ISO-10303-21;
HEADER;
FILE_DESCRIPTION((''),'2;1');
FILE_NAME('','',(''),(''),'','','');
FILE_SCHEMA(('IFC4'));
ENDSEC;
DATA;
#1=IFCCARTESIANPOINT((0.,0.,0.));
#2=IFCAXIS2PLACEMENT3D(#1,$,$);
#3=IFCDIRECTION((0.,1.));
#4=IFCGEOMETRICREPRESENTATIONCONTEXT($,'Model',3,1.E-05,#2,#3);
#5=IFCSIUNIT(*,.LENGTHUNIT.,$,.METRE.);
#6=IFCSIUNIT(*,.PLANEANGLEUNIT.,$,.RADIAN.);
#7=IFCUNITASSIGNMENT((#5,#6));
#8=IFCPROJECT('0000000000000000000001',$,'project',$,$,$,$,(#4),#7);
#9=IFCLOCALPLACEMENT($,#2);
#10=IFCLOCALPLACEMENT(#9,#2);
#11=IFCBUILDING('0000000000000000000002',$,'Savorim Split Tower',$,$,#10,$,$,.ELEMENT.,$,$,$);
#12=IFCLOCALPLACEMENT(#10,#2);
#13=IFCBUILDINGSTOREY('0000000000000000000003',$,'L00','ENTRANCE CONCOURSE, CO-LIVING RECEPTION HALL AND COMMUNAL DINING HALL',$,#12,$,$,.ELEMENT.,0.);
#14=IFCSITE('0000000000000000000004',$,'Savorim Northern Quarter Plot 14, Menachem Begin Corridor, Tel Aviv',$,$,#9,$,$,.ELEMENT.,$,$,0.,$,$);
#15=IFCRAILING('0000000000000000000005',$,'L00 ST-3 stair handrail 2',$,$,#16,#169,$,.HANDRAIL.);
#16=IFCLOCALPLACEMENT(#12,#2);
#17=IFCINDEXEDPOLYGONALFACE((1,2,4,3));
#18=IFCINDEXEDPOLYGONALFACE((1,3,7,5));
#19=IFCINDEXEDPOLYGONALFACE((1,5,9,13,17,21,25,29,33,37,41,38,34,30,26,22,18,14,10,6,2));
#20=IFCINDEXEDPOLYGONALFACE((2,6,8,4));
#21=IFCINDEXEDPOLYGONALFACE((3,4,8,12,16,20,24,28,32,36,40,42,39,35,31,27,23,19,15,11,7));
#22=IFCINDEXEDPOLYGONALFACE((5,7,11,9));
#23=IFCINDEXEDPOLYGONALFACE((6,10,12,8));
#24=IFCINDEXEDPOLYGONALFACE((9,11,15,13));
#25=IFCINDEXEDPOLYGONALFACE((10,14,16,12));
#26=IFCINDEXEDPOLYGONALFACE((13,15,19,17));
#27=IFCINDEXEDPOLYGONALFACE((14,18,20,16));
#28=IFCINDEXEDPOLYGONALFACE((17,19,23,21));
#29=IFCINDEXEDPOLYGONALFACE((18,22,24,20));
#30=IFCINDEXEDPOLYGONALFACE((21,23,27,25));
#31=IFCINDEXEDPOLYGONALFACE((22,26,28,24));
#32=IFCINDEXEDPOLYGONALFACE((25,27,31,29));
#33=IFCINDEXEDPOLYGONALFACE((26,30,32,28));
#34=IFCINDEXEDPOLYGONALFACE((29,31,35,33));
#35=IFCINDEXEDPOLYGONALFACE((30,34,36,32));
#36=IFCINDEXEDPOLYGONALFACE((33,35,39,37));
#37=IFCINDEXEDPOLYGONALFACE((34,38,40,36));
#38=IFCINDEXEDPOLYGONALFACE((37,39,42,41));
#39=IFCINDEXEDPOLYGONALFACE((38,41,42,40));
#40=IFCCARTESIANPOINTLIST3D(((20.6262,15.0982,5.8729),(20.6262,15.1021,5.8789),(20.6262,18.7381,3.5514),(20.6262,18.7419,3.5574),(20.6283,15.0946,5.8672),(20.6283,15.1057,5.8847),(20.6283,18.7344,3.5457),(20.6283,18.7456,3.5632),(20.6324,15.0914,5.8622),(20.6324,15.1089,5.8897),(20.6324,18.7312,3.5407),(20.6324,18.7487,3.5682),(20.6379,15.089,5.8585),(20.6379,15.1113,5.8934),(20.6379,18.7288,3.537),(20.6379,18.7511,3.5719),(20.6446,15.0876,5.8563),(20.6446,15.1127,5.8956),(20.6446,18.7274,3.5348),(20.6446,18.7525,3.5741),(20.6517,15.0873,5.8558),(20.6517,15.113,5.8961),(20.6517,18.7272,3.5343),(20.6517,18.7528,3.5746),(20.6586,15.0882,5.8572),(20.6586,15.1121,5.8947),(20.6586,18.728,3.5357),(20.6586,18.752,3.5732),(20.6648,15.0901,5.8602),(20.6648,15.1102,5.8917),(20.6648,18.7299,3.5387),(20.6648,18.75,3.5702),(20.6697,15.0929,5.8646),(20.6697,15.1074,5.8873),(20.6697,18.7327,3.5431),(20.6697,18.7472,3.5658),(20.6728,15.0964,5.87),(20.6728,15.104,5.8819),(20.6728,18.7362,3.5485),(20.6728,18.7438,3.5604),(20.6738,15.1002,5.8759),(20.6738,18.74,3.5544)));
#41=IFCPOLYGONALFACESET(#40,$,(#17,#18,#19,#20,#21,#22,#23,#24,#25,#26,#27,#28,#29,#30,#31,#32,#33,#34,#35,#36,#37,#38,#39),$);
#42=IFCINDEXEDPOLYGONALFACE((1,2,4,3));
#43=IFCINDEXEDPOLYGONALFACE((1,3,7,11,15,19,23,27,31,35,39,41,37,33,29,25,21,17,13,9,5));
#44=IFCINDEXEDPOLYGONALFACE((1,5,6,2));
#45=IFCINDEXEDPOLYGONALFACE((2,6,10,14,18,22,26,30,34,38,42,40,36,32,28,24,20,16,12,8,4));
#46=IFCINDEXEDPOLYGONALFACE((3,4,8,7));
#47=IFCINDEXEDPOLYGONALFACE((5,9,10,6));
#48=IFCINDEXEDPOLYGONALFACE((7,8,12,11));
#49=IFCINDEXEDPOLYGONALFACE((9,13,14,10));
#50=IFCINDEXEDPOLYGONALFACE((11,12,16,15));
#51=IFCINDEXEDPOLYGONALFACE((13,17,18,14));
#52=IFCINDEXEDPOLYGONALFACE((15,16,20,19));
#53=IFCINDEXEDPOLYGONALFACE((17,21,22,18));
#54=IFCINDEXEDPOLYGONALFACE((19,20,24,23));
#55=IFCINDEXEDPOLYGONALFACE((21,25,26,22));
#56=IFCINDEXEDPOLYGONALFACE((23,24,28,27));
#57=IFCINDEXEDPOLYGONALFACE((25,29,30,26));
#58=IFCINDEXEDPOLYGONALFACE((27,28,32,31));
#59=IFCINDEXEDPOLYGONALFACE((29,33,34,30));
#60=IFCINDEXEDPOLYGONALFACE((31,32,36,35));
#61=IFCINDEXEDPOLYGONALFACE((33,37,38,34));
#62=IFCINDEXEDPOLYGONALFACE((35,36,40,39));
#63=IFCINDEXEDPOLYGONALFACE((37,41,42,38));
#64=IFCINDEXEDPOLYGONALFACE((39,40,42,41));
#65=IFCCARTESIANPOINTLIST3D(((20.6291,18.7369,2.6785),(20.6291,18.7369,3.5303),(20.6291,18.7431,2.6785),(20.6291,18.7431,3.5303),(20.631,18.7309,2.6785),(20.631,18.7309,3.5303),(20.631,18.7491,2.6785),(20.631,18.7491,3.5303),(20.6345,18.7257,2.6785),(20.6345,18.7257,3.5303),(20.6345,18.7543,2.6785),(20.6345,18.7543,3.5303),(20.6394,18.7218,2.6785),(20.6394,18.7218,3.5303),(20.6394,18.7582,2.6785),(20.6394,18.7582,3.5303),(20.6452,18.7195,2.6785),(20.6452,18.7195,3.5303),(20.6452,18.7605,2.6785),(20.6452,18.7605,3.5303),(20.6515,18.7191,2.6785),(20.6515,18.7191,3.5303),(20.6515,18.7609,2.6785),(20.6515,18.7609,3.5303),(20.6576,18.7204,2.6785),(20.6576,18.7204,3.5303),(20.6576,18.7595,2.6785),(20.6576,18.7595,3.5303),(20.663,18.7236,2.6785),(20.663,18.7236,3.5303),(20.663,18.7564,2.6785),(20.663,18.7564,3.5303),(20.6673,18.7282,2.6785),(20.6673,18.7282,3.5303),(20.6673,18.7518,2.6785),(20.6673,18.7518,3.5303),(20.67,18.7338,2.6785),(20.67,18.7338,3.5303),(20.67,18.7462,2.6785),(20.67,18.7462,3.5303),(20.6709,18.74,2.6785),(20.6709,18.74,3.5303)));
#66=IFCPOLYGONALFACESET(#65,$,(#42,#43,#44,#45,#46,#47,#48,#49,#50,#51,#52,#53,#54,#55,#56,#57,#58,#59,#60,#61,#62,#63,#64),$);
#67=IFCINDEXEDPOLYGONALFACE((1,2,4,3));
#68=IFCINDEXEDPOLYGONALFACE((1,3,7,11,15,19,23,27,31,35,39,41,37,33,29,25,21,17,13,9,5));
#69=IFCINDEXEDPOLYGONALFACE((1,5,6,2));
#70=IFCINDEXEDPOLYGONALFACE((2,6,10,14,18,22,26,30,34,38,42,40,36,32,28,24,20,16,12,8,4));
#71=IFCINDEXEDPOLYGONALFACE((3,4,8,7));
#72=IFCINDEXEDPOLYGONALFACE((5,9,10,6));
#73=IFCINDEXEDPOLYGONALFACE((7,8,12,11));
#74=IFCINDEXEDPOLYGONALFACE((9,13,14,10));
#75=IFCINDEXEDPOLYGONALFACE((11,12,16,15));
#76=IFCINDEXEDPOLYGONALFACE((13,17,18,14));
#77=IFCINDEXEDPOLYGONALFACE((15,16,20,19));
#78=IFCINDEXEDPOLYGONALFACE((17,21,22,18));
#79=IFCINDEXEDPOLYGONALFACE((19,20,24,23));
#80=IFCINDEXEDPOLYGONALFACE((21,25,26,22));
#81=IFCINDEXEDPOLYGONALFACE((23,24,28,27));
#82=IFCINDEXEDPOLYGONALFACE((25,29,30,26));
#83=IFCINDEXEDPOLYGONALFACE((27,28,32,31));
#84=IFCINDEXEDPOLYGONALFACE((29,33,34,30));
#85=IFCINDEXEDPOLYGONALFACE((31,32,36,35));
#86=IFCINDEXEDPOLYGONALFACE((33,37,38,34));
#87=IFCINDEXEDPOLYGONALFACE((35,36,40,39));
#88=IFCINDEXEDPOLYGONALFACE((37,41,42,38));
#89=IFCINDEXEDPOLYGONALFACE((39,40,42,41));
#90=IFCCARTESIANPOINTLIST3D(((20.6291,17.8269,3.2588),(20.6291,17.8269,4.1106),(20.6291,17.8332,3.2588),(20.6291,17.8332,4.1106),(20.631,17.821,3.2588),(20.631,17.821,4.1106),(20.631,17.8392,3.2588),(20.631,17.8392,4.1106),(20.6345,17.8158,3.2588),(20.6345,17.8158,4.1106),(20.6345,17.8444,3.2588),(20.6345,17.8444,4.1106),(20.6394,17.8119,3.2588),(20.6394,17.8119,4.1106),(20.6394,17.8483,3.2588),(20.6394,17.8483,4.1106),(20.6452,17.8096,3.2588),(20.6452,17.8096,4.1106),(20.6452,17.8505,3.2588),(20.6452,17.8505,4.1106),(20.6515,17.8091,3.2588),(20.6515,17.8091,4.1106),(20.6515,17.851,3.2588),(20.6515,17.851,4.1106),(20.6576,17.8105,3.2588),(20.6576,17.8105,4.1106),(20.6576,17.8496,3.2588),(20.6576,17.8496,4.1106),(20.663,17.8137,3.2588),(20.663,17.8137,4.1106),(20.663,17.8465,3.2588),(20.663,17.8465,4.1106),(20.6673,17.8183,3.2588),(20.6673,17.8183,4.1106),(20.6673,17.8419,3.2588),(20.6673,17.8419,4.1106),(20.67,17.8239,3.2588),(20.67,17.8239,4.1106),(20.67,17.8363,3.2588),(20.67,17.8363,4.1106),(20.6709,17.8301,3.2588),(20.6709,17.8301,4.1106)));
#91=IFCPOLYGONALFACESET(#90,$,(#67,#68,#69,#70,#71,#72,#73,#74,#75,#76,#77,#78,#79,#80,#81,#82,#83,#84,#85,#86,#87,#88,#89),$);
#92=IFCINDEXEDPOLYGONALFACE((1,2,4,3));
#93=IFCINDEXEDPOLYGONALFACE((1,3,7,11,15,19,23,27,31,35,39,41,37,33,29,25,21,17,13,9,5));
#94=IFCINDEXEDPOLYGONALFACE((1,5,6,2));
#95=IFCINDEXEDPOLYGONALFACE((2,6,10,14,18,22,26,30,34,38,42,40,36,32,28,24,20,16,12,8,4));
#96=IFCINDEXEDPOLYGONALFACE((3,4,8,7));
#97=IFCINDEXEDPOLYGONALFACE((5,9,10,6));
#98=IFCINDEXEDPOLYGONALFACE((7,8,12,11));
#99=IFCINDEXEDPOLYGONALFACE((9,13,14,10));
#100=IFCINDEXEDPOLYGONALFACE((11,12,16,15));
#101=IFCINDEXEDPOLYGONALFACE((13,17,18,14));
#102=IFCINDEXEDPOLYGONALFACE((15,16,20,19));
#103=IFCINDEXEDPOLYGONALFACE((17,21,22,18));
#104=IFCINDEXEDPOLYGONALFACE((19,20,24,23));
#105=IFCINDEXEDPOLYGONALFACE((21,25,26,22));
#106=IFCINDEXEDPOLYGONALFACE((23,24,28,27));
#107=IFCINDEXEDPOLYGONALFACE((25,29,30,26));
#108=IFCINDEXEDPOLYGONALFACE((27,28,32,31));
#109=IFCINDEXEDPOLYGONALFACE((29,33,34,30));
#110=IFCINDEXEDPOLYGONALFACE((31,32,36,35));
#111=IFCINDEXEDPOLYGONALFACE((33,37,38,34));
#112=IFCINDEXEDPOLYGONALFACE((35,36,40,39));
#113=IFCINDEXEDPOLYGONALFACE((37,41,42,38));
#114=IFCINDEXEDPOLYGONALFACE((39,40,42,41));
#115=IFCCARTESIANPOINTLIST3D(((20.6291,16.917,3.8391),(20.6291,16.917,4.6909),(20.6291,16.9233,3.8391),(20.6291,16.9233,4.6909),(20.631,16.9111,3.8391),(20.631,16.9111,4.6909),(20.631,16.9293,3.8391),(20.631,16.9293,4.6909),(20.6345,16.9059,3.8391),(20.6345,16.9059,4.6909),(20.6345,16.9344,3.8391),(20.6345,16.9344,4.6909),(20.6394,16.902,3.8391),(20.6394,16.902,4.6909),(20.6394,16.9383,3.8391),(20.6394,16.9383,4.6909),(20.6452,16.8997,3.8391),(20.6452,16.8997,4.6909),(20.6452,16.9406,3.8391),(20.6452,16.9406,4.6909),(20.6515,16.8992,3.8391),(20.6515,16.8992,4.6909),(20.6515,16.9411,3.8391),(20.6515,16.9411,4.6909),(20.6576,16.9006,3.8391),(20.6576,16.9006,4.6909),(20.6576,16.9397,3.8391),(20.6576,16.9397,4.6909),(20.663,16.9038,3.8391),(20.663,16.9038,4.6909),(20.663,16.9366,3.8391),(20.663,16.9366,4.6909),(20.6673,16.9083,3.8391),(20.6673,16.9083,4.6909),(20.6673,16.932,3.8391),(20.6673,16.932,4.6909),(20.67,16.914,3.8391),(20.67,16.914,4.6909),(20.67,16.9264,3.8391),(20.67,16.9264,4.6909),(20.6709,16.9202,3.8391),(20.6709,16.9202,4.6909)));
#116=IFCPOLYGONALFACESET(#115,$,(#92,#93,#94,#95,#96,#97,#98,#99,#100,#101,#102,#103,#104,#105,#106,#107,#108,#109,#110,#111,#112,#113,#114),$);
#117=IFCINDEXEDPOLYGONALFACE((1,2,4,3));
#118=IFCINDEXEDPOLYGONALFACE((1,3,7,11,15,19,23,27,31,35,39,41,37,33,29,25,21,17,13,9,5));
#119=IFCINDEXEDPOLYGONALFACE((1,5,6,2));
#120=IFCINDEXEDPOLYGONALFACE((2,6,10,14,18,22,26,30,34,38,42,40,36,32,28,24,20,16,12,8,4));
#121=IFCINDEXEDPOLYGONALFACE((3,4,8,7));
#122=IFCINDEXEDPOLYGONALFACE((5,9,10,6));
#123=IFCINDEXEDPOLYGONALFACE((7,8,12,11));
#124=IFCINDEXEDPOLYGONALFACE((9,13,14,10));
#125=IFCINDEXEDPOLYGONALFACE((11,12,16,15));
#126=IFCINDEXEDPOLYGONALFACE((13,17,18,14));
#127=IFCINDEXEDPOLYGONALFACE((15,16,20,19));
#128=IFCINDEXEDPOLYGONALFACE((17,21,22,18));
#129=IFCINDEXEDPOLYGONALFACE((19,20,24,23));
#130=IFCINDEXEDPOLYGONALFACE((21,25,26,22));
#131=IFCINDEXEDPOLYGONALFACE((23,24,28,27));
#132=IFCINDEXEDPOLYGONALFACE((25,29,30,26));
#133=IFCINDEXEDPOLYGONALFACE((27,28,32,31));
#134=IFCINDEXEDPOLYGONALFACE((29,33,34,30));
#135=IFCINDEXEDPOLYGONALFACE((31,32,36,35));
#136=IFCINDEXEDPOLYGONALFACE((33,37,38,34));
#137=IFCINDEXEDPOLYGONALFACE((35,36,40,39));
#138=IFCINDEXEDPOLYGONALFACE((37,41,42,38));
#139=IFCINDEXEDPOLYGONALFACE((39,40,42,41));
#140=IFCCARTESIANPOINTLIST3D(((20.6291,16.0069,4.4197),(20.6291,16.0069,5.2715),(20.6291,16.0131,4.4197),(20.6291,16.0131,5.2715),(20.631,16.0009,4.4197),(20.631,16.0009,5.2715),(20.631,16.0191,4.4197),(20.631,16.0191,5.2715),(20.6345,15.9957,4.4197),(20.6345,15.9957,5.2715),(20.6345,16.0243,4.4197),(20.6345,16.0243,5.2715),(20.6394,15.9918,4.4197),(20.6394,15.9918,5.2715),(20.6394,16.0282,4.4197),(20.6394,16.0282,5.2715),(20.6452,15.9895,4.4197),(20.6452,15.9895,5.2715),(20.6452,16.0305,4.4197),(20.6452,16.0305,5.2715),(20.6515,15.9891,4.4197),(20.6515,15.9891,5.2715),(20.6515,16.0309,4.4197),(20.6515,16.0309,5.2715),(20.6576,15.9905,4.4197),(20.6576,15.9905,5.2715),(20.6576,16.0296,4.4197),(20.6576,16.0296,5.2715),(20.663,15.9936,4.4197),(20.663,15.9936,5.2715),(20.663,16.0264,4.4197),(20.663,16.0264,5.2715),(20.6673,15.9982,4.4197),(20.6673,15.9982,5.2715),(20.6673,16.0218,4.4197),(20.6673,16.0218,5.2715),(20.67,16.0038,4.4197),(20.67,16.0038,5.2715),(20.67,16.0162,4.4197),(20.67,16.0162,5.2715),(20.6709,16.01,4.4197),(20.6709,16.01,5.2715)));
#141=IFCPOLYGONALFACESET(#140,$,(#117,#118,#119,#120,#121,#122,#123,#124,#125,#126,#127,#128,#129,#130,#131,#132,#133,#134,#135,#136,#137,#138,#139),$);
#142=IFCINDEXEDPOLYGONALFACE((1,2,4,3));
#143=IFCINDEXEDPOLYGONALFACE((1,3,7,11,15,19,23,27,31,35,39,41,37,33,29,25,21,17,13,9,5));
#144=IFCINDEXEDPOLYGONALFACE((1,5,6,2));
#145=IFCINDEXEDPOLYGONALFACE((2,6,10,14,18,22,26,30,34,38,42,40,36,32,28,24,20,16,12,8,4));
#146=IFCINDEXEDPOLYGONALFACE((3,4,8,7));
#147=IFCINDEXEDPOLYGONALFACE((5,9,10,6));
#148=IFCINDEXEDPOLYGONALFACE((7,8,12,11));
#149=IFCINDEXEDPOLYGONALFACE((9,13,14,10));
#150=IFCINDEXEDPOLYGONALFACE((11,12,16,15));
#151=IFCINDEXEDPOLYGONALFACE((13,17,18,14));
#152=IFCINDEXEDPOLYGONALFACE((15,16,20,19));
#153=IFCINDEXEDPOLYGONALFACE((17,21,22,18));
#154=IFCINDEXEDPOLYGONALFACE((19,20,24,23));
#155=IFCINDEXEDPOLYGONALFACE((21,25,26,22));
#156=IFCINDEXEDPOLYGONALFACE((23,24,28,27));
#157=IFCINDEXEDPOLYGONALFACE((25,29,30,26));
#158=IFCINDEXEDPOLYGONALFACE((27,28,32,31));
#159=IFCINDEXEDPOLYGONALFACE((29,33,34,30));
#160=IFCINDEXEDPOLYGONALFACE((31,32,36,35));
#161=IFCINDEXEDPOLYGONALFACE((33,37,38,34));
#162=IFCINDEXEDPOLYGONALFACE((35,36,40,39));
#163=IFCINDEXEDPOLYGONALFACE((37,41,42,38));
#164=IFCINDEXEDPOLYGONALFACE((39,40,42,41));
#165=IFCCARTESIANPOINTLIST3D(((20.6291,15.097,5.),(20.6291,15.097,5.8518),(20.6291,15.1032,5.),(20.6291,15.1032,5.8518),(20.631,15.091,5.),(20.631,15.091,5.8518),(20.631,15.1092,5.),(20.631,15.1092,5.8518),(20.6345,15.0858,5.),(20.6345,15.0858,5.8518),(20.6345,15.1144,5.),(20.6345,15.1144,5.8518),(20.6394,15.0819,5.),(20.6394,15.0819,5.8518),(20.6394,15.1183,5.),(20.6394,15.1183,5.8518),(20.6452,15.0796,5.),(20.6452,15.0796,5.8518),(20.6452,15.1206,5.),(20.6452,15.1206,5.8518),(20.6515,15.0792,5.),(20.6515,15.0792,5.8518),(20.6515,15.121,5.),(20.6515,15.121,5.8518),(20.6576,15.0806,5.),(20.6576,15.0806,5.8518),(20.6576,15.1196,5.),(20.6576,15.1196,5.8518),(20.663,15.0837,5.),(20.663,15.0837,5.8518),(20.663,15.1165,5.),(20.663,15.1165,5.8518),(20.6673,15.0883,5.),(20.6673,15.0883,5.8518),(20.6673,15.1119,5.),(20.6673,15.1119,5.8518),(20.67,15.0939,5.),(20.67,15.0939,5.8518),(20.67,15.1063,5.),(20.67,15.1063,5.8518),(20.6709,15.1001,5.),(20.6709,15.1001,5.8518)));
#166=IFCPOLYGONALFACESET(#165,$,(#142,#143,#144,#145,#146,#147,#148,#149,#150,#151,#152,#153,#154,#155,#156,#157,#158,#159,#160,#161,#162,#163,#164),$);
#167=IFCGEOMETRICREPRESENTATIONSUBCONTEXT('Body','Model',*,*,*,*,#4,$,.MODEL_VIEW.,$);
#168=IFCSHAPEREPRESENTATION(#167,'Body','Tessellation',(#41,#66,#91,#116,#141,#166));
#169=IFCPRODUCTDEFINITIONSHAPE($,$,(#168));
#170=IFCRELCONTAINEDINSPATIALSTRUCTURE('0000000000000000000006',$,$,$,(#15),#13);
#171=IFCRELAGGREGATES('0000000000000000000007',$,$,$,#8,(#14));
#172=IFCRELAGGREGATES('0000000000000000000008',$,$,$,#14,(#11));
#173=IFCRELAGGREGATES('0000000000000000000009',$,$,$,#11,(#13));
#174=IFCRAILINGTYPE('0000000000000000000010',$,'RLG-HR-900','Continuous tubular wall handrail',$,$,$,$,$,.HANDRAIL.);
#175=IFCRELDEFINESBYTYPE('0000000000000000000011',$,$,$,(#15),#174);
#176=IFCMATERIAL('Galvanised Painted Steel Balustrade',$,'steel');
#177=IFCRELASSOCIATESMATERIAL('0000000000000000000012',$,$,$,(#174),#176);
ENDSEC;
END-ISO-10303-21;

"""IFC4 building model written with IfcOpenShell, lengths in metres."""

from ifc_helpers import new_model, si_unit, direction, frame, origin, origin_2d, place, context, subcontext, project, spatial, circle, extrude, material, type_object, element, save


model = new_model("IFC4")

# Units and contexts
model_context = context("Model", 3, precision=1e-05, world=origin(), true_north=direction((0.0, 1.0)))
body_context = subcontext(model_context, "Body", "Model", "MODEL_VIEW")
ifc_project = project(units=[si_unit("LENGTHUNIT", "METRE"), si_unit("PLANEANGLEUNIT", "RADIAN")], contexts=[model_context])

# Site, building, storey
site_placement = place(None, origin())
site = spatial("IfcSite", under=ifc_project, at=site_placement, Name="Savorim Northern Quarter Plot 14, Menachem Begin Corridor, Tel Aviv", CompositionType="ELEMENT", RefElevation=0.0)
building_placement = place(site_placement, origin())
building = spatial("IfcBuilding", under=site, at=building_placement, Name="Savorim Split Tower", CompositionType="ELEMENT")
storey_placement = place(building_placement, origin())
storey = spatial("IfcBuildingStorey", under=building, at=storey_placement, Name="L00", Description="ENTRANCE CONCOURSE, CO-LIVING RECEPTION HALL AND COMMUNAL DINING HALL", CompositionType="ELEMENT", Elevation=0.0)

# Railing
ifc_material_1 = material(Name="Galvanised Painted Steel Balustrade", Category="steel")
railing_type_1 = type_object("IfcRailingType", Name="RLG-HR-900", Description="Continuous tubular wall handrail", PredefinedType="HANDRAIL", material=ifc_material_1)
railing_1_placement = place(storey_placement, frame((20.6499, 18.74, 2.6785)))
element("IfcRailing", 1, at=railing_1_placement, inside=storey, type_object=railing_type_1, Name="L00 ST-3 stair handrail 2", PredefinedType="HANDRAIL", context=body_context, shape_type="SweptSolid", body=[
    extrude(circle(Radius=0.0239, at=origin_2d()), frame((0.0, 0.0, 0.876), z_axis=(0.0, -0.843112, 0.537739), x_axis=(1.0, 0.0, 0.0)), (0.0, 0.0, 1.0), 4.3171),
    extrude(circle(Radius=0.021, at=origin_2d()), origin(), (0.0, 0.0, 1.0), 0.8518),
    extrude(circle(Radius=0.021, at=origin_2d()), frame((0.0, -0.9099, 0.5803)), (0.0, 0.0, 1.0), 0.8518),
    extrude(circle(Radius=0.021, at=origin_2d()), frame((0.0, -1.8198, 1.1606)), (0.0, 0.0, 1.0), 0.8518),
    extrude(circle(Radius=0.021, at=origin_2d()), frame((0.0, -2.73, 1.7412)), (0.0, 0.0, 1.0), 0.8518),
    extrude(circle(Radius=0.021, at=origin_2d()), frame((0.0, -3.6399, 2.3215)), (0.0, 0.0, 1.0), 0.8518),
])

save(model, "model.ifc")
